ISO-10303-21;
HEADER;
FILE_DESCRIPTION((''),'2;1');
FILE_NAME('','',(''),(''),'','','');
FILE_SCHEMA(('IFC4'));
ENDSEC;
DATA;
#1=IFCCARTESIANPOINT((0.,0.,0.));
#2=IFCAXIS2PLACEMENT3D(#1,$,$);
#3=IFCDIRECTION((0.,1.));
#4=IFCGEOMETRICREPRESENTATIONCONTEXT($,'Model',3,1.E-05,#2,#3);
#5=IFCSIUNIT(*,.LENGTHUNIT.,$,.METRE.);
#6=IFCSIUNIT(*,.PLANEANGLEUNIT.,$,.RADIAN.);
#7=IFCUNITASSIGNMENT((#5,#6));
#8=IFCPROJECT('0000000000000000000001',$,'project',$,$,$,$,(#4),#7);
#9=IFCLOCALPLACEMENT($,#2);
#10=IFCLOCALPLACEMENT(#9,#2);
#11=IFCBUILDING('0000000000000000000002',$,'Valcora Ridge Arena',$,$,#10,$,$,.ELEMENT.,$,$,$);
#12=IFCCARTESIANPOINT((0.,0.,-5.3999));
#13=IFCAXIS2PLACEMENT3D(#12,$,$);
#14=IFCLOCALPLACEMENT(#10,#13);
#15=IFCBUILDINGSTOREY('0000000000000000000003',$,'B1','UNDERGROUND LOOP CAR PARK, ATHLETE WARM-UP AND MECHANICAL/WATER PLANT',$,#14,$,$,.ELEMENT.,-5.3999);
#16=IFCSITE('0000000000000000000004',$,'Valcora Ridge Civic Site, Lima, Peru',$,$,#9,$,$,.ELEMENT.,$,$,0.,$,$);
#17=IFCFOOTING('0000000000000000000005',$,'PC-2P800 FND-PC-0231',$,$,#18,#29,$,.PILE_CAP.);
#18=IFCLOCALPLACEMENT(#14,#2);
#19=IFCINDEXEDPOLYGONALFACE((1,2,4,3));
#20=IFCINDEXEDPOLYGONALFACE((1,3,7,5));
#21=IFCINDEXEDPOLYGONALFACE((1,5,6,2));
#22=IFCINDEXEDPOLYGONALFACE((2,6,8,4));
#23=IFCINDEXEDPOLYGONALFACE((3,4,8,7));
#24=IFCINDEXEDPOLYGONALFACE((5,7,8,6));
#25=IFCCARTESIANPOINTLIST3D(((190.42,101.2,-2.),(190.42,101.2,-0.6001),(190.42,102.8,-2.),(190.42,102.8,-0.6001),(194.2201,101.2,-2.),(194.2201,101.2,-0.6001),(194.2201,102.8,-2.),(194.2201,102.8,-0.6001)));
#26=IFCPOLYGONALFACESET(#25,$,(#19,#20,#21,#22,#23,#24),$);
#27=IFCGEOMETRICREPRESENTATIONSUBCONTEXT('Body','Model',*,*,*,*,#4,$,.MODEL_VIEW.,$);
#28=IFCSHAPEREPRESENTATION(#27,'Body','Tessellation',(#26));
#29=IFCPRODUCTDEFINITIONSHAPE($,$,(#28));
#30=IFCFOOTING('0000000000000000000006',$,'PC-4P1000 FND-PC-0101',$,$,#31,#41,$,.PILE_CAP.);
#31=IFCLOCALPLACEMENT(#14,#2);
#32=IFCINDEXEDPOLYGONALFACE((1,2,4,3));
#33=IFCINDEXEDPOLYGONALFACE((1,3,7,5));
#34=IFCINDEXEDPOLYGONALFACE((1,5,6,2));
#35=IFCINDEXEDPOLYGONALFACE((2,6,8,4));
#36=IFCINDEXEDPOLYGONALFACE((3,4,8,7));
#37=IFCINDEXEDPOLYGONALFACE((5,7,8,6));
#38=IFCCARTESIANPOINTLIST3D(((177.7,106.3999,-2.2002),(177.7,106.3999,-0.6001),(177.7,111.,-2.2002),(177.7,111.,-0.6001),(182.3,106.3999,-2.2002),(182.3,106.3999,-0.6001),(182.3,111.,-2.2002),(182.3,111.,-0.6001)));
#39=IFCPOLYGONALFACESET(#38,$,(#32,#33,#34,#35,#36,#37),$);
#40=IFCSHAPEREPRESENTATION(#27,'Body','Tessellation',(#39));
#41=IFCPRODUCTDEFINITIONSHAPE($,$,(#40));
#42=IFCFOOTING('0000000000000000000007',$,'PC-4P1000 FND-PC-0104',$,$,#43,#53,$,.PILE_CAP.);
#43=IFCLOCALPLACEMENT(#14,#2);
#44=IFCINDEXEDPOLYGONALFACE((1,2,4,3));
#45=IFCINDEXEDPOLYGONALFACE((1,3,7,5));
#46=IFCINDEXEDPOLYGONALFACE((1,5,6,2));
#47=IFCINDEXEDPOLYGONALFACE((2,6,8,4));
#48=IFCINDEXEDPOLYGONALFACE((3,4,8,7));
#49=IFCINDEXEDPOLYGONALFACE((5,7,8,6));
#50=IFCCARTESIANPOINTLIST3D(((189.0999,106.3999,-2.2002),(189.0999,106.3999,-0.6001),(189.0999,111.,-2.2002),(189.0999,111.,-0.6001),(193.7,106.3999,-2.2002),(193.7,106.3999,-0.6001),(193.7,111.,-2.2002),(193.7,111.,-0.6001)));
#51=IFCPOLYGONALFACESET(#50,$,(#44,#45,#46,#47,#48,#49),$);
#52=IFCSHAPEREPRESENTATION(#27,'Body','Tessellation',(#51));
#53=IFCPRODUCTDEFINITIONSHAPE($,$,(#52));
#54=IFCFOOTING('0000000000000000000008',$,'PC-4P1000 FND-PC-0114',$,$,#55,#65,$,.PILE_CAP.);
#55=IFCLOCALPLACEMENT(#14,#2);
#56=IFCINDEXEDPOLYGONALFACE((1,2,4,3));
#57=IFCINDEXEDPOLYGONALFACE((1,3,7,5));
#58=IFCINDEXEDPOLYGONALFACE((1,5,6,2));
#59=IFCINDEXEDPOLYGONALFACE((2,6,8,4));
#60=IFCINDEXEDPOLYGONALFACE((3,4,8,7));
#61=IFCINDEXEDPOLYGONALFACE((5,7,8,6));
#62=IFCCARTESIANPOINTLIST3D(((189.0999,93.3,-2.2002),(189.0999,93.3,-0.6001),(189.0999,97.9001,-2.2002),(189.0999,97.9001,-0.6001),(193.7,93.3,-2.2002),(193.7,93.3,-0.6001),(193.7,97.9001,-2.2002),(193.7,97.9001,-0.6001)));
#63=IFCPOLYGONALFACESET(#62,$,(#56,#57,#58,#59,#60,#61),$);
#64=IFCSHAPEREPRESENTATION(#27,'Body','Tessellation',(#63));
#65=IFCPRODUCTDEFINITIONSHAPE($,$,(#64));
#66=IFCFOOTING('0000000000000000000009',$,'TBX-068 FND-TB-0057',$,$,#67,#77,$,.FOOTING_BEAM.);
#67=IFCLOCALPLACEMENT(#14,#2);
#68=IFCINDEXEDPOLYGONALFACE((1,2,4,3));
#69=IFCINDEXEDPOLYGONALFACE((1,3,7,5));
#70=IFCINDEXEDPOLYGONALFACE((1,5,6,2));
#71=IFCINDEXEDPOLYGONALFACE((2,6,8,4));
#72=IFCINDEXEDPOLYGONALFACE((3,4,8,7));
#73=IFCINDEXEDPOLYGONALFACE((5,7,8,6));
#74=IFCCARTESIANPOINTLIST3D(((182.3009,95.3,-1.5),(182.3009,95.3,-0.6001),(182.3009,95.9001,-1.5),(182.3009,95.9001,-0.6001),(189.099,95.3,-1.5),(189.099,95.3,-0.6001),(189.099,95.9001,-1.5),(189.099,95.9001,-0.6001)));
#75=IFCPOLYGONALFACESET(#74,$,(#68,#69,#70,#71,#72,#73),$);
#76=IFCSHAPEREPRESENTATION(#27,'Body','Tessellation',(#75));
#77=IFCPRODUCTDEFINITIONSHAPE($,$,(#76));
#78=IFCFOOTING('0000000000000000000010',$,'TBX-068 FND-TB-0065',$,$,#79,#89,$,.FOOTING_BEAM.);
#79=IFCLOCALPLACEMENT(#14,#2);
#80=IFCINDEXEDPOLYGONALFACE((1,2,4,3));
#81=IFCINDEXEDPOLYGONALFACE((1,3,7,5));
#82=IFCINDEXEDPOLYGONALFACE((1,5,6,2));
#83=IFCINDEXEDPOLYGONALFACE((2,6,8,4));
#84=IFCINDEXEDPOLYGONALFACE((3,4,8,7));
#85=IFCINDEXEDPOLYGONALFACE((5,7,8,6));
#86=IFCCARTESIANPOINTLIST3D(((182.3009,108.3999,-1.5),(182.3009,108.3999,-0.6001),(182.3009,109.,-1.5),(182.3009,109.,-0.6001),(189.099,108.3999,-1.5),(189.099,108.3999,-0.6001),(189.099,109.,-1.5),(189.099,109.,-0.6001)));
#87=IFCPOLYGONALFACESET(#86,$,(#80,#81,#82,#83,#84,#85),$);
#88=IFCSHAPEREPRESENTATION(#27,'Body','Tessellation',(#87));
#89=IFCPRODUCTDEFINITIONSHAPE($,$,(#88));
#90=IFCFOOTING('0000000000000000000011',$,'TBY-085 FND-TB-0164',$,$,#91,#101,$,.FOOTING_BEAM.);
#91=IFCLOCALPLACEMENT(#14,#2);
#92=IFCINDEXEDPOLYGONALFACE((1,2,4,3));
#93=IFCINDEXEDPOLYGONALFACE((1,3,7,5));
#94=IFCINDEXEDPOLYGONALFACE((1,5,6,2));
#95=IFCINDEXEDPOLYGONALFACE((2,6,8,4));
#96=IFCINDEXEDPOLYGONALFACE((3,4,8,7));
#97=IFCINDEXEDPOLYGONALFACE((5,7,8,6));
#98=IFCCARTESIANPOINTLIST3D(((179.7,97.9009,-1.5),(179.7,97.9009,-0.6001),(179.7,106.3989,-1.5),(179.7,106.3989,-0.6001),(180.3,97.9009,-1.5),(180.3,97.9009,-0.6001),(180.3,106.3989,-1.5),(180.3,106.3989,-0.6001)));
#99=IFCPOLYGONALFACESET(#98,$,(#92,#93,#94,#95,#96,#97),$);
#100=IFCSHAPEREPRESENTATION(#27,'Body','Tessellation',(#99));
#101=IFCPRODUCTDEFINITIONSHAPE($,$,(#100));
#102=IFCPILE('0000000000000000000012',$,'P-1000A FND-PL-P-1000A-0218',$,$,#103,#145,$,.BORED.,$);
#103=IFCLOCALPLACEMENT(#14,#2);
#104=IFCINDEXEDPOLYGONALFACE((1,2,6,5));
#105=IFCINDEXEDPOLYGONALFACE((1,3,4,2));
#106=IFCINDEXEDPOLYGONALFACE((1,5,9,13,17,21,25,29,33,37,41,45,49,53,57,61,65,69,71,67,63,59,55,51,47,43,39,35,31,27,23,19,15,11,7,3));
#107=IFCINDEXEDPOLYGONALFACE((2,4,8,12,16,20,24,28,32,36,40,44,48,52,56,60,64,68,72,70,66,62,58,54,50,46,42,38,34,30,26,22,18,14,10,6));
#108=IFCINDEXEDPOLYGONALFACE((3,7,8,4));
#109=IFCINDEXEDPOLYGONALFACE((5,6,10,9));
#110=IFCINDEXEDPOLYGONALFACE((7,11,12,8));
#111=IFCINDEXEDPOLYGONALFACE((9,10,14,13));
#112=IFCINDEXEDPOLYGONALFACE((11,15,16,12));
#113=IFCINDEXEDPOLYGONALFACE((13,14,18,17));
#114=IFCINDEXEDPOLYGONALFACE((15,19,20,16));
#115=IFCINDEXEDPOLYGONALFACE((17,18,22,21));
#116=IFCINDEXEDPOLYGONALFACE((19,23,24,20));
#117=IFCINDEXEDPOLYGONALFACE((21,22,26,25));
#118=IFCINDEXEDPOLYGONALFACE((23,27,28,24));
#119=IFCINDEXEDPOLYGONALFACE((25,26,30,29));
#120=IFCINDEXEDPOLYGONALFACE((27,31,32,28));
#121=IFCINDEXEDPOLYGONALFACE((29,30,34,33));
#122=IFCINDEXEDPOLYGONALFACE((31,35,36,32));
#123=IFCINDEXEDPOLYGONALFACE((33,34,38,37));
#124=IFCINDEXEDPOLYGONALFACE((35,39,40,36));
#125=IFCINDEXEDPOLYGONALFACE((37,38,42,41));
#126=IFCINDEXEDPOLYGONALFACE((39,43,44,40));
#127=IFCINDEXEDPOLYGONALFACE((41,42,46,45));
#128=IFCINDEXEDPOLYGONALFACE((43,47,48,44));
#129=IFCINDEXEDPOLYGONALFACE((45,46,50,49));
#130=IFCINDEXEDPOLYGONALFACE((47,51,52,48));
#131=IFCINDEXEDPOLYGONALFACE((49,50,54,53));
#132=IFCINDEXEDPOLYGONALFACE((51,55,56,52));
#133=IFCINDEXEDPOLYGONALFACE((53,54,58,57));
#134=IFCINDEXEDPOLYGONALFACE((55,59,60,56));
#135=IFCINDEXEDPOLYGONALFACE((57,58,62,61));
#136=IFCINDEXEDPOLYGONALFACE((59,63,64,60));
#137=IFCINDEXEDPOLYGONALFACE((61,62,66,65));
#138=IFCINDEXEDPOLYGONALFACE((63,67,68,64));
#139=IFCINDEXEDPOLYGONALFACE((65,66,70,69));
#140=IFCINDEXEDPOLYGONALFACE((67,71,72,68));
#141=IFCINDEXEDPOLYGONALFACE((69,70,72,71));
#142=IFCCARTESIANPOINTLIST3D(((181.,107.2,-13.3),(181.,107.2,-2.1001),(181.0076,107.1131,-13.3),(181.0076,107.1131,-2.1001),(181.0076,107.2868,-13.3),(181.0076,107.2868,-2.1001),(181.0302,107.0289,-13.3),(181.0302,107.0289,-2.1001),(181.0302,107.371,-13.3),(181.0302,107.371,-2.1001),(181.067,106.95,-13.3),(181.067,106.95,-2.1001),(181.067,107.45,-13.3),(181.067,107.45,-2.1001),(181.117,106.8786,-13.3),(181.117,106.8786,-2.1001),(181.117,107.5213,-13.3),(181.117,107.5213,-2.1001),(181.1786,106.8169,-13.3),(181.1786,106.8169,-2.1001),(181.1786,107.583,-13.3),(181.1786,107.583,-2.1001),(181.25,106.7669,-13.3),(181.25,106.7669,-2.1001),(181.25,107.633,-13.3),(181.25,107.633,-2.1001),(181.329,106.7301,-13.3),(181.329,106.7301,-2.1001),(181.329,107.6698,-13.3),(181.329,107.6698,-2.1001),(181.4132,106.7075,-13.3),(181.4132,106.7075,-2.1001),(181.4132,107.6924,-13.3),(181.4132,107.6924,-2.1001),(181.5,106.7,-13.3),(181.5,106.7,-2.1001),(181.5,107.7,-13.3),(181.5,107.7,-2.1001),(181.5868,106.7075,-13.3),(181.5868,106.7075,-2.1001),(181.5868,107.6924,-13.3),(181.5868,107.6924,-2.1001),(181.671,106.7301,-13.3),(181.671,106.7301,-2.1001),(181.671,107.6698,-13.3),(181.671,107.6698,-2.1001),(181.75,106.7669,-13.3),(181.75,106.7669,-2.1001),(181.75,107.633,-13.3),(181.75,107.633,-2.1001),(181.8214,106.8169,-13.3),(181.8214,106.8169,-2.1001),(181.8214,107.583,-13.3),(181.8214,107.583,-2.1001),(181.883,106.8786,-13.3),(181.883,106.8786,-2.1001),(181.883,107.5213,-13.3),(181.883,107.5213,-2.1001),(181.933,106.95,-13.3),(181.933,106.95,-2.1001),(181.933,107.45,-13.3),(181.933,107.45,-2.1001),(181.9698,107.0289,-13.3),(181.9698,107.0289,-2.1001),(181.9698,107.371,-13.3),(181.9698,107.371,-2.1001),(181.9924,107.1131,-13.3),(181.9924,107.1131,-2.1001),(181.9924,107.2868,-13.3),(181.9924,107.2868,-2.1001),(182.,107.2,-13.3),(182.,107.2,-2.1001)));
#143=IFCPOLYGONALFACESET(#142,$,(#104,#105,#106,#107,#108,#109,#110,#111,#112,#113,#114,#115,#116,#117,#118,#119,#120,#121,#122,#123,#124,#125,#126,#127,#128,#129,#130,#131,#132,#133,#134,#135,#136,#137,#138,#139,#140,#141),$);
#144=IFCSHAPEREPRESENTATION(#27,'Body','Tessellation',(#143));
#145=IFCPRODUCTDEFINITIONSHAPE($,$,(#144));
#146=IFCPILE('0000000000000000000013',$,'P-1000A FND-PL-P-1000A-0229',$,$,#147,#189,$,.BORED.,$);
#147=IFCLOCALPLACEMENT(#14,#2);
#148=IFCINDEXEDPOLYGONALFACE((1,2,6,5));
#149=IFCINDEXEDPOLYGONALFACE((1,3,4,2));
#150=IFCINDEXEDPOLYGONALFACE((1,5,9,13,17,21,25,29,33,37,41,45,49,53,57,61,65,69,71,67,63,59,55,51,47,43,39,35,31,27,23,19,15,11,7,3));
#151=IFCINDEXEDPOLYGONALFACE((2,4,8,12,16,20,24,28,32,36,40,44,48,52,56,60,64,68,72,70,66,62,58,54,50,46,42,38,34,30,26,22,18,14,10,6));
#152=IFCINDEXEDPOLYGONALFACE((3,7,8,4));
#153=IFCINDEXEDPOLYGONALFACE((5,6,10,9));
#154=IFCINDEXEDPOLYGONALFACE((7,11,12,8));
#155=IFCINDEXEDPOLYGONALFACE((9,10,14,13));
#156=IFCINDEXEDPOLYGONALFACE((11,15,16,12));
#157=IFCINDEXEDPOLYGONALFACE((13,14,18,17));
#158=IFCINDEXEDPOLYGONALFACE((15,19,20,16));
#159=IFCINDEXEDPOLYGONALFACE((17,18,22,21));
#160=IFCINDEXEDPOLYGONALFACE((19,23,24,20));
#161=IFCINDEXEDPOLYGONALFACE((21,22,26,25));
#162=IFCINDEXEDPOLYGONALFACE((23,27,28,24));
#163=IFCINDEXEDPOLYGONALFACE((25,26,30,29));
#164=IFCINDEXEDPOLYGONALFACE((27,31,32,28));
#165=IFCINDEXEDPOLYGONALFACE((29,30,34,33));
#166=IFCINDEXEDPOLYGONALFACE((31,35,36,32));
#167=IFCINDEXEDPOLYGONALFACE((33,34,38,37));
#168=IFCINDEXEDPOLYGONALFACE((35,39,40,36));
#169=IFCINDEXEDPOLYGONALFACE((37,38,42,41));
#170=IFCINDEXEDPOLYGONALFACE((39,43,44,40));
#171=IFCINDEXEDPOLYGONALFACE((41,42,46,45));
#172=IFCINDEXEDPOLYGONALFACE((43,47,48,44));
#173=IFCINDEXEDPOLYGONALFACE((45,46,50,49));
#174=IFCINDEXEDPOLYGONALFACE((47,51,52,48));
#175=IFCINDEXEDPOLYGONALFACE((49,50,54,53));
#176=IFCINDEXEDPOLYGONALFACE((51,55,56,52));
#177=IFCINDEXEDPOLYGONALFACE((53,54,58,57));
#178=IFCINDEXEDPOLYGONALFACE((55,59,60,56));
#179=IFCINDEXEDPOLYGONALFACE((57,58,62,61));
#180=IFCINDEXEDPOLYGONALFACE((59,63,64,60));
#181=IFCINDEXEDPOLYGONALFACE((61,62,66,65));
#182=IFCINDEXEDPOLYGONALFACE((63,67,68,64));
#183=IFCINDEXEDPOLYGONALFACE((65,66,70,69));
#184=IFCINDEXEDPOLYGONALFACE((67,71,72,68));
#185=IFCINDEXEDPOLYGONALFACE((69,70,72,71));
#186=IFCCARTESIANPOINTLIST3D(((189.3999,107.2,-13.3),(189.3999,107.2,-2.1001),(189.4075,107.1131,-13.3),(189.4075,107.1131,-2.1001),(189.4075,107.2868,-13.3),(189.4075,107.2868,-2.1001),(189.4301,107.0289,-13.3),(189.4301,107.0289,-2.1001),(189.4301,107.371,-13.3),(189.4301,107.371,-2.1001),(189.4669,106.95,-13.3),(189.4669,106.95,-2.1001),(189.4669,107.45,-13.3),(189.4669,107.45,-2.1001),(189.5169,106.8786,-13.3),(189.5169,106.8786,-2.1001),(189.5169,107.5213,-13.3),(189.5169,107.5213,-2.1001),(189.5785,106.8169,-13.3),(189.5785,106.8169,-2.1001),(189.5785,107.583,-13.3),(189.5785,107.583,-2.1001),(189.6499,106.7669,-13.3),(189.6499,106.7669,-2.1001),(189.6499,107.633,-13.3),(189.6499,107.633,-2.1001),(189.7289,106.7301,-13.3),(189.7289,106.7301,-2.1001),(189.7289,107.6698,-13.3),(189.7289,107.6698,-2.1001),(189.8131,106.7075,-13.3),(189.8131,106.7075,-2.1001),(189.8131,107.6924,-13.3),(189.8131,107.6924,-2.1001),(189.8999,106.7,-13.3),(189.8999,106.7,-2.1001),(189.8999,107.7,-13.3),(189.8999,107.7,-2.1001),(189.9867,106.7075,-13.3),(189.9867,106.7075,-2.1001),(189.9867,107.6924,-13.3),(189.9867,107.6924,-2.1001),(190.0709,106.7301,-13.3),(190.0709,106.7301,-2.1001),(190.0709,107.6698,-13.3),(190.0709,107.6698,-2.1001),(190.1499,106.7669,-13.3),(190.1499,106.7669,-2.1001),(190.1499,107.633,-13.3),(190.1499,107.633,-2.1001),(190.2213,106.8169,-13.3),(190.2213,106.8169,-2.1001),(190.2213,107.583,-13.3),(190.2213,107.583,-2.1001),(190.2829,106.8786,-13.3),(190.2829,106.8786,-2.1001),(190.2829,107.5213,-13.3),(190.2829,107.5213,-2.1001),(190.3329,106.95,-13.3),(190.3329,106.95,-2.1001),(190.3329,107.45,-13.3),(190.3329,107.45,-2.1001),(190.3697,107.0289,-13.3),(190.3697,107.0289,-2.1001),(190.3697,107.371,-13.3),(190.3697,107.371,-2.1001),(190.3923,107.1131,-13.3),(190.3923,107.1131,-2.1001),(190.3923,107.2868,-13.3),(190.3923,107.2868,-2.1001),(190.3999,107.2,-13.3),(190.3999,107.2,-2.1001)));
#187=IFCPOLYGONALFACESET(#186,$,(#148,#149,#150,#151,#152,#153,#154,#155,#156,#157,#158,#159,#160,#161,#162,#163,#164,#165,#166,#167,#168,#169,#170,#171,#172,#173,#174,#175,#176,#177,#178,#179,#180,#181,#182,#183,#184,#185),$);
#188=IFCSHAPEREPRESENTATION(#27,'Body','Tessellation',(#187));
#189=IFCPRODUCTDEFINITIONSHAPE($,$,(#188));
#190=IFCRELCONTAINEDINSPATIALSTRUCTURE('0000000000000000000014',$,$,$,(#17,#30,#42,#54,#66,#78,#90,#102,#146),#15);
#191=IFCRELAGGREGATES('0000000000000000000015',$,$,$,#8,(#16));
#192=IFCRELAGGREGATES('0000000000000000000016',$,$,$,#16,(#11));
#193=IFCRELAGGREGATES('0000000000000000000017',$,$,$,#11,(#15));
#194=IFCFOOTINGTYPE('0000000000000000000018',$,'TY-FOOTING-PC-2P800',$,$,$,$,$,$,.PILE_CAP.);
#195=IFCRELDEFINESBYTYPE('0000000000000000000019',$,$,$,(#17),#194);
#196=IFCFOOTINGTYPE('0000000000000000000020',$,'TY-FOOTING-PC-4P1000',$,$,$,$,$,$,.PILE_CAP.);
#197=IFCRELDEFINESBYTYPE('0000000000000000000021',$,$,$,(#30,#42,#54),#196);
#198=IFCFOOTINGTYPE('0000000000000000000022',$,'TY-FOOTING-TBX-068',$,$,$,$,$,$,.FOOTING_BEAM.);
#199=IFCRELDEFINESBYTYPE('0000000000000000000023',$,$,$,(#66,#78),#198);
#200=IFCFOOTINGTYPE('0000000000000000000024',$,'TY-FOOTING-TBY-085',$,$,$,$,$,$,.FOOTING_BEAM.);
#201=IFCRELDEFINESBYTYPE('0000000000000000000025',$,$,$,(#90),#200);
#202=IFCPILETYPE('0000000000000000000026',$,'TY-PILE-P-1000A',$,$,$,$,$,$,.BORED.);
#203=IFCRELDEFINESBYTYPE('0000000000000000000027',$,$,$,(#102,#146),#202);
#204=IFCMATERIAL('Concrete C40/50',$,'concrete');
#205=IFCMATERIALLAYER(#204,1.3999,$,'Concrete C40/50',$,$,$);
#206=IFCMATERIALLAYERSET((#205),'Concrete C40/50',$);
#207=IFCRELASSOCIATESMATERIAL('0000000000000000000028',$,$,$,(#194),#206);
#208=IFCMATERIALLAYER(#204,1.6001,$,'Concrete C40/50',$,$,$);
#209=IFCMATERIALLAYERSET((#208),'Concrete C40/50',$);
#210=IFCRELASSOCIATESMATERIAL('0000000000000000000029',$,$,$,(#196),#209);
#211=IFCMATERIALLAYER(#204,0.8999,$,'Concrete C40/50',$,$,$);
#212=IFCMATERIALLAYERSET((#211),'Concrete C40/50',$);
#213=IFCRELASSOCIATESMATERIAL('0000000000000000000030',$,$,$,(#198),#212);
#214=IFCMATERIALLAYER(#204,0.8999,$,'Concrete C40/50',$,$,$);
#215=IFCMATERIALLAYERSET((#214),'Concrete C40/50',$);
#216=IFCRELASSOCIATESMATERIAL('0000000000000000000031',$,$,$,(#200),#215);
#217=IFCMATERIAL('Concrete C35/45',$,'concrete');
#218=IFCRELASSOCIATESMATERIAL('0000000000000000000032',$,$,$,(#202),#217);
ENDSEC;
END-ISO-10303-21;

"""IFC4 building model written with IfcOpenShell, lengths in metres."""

from ifc_helpers import new_model, si_unit, direction, frame, origin, origin_2d, place, context, subcontext, project, spatial, rectangle, circle, extrude, material, layer, layer_set, material_profile, profile_set, type_object, element, save


model = new_model("IFC4")

# Units and contexts
model_context = context("Model", 3, precision=1e-05, world=origin(), true_north=direction((0.0, 1.0)))
body_context = subcontext(model_context, "Body", "Model", "MODEL_VIEW")
ifc_project = project(units=[si_unit("LENGTHUNIT", "METRE"), si_unit("PLANEANGLEUNIT", "RADIAN")], contexts=[model_context])

# Site, building, storey
site_placement = place(None, origin())
site = spatial("IfcSite", under=ifc_project, at=site_placement, Name="Valcora Ridge Civic Site, Lima, Peru", CompositionType="ELEMENT", RefElevation=0.0)
building_placement = place(site_placement, origin())
building = spatial("IfcBuilding", under=site, at=building_placement, Name="Valcora Ridge Arena", CompositionType="ELEMENT")
storey_placement = place(building_placement, frame((0.0, 0.0, -5.3999)))
storey = spatial("IfcBuildingStorey", under=building, at=storey_placement, Name="B1", Description="UNDERGROUND LOOP CAR PARK, ATHLETE WARM-UP AND MECHANICAL/WATER PLANT", CompositionType="ELEMENT", Elevation=-5.3999)

# Footings
ifc_material_1 = material(Name="Concrete C40/50", Category="concrete")
ifc_layer_1 = layer(ifc_material_1, 1.3999, Name="Concrete C40/50")
ifc_layer_set_1 = layer_set([ifc_layer_1], Name="Concrete C40/50")
footing_type_1 = type_object("IfcFootingType", Name="TY-FOOTING-PC-2P800", PredefinedType="PILE_CAP", material=ifc_layer_set_1)
footing_1_placement = place(storey_placement, frame((192.3201, 102.0, -2.0), z_axis=(0.0, 0.0, 1.0), x_axis=(1.0, 0.0, 0.0)))
element("IfcFooting", 1, at=footing_1_placement, inside=storey, type_object=footing_type_1, Name="PC-2P800 FND-PC-0231", PredefinedType="PILE_CAP", context=body_context, shape_type="SweptSolid", body=[
    extrude(rectangle(XDim=3.8, YDim=1.6001, at=origin_2d()), origin(), (0.0, 0.0, 1.0), 1.3999),
])
ifc_layer_2 = layer(ifc_material_1, 1.6001, Name="Concrete C40/50")
ifc_layer_set_2 = layer_set([ifc_layer_2], Name="Concrete C40/50")
footing_type_2 = type_object("IfcFootingType", Name="TY-FOOTING-PC-4P1000", PredefinedType="PILE_CAP", material=ifc_layer_set_2)
for number, where, z_axis, x_axis, name in (
    (2, (180.0, 108.7, -2.2002), (0.0, 0.0, 1.0), (1.0, 0.0, 0.0), "PC-4P1000 FND-PC-0101"),
    (3, (191.3999, 108.7, -2.2002), (0.0, 0.0, 1.0), (1.0, 0.0, 0.0), "PC-4P1000 FND-PC-0104"),
    (4, (191.3999, 95.6001, -2.2002), (0.0, 0.0, 1.0), (1.0, 0.0, 0.0), "PC-4P1000 FND-PC-0114"),
):
    element("IfcFooting", number, at=place(storey_placement, frame(where, z_axis=z_axis, x_axis=x_axis)), inside=storey, type_object=footing_type_2, Name=name, PredefinedType="PILE_CAP", context=body_context, shape_type="SweptSolid", body=[
        extrude(rectangle(XDim=4.6001, YDim=4.6001, at=origin_2d()), origin(), (0.0, 0.0, 1.0), 1.6001),
    ])
ifc_layer_3 = layer(ifc_material_1, 0.8999, Name="Concrete C40/50")
ifc_layer_set_3 = layer_set([ifc_layer_3], Name="Concrete C40/50")
footing_type_3 = type_object("IfcFootingType", Name="TY-FOOTING-TBX-068", PredefinedType="FOOTING_BEAM", material=ifc_layer_set_3)
for number, where, z_axis, x_axis, name in (
    (5, (185.7, 95.6001, -1.5), (0.0, 0.0, 1.0), (1.0, 0.0, 0.0), "TBX-068 FND-TB-0057"),
    (6, (185.7, 108.7, -1.5), (0.0, 0.0, 1.0), (1.0, 0.0, 0.0), "TBX-068 FND-TB-0065"),
):
    element("IfcFooting", number, at=place(storey_placement, frame(where, z_axis=z_axis, x_axis=x_axis)), inside=storey, type_object=footing_type_3, Name=name, PredefinedType="FOOTING_BEAM", context=body_context, shape_type="SweptSolid", body=[
        extrude(rectangle(XDim=6.7981, YDim=0.6001, at=origin_2d()), origin(), (0.0, 0.0, 1.0), 0.8999),
    ])
ifc_layer_4 = layer(ifc_material_1, 0.8999, Name="Concrete C40/50")
ifc_layer_set_4 = layer_set([ifc_layer_4], Name="Concrete C40/50")
footing_type_4 = type_object("IfcFootingType", Name="TY-FOOTING-TBY-085", PredefinedType="FOOTING_BEAM", material=ifc_layer_set_4)
footing_2_placement = place(storey_placement, frame((180.0, 102.1499, -1.5), z_axis=(0.0, 0.0, 1.0), x_axis=(1.0, 0.0, 0.0)))
element("IfcFooting", 7, at=footing_2_placement, inside=storey, type_object=footing_type_4, Name="TBY-085 FND-TB-0164", PredefinedType="FOOTING_BEAM", context=body_context, shape_type="SweptSolid", body=[
    extrude(rectangle(XDim=0.6001, YDim=8.498, at=origin_2d()), origin(), (0.0, 0.0, 1.0), 0.8999),
])

# Piles
ifc_material_2 = material(Name="Concrete C35/45", Category="concrete")
ifc_material_profile_1 = material_profile(ifc_material_2, circle(Radius=0.5, at=origin_2d()), Name="BORED PILE D1000")
ifc_profile_set_1 = profile_set([ifc_material_profile_1], Name="Concrete C35/45")
pile_type_1 = type_object("IfcPileType", Name="TY-PILE-P-1000A", PredefinedType="BORED", material=ifc_profile_set_1)
for number, where, z_axis, x_axis, name in (
    (8, (181.5, 107.2, -2.1001), (0.0, 0.0, -1.0), (1.0, 0.0, 0.0), "P-1000A FND-PL-P-1000A-0218"),
    (9, (189.8999, 107.2, -2.1001), (0.0, 0.0, -1.0), (1.0, 0.0, 0.0), "P-1000A FND-PL-P-1000A-0229"),
):
    element("IfcPile", number, at=place(storey_placement, frame(where, z_axis=z_axis, x_axis=x_axis)), inside=storey, type_object=pile_type_1, Name=name, PredefinedType="BORED", context=body_context, shape_type="SweptSolid", body=[
        extrude(circle(Radius=0.5, at=origin_2d()), origin(), (0.0, 0.0, 1.0), 11.2),
    ])

save(model, "model.ifc")
